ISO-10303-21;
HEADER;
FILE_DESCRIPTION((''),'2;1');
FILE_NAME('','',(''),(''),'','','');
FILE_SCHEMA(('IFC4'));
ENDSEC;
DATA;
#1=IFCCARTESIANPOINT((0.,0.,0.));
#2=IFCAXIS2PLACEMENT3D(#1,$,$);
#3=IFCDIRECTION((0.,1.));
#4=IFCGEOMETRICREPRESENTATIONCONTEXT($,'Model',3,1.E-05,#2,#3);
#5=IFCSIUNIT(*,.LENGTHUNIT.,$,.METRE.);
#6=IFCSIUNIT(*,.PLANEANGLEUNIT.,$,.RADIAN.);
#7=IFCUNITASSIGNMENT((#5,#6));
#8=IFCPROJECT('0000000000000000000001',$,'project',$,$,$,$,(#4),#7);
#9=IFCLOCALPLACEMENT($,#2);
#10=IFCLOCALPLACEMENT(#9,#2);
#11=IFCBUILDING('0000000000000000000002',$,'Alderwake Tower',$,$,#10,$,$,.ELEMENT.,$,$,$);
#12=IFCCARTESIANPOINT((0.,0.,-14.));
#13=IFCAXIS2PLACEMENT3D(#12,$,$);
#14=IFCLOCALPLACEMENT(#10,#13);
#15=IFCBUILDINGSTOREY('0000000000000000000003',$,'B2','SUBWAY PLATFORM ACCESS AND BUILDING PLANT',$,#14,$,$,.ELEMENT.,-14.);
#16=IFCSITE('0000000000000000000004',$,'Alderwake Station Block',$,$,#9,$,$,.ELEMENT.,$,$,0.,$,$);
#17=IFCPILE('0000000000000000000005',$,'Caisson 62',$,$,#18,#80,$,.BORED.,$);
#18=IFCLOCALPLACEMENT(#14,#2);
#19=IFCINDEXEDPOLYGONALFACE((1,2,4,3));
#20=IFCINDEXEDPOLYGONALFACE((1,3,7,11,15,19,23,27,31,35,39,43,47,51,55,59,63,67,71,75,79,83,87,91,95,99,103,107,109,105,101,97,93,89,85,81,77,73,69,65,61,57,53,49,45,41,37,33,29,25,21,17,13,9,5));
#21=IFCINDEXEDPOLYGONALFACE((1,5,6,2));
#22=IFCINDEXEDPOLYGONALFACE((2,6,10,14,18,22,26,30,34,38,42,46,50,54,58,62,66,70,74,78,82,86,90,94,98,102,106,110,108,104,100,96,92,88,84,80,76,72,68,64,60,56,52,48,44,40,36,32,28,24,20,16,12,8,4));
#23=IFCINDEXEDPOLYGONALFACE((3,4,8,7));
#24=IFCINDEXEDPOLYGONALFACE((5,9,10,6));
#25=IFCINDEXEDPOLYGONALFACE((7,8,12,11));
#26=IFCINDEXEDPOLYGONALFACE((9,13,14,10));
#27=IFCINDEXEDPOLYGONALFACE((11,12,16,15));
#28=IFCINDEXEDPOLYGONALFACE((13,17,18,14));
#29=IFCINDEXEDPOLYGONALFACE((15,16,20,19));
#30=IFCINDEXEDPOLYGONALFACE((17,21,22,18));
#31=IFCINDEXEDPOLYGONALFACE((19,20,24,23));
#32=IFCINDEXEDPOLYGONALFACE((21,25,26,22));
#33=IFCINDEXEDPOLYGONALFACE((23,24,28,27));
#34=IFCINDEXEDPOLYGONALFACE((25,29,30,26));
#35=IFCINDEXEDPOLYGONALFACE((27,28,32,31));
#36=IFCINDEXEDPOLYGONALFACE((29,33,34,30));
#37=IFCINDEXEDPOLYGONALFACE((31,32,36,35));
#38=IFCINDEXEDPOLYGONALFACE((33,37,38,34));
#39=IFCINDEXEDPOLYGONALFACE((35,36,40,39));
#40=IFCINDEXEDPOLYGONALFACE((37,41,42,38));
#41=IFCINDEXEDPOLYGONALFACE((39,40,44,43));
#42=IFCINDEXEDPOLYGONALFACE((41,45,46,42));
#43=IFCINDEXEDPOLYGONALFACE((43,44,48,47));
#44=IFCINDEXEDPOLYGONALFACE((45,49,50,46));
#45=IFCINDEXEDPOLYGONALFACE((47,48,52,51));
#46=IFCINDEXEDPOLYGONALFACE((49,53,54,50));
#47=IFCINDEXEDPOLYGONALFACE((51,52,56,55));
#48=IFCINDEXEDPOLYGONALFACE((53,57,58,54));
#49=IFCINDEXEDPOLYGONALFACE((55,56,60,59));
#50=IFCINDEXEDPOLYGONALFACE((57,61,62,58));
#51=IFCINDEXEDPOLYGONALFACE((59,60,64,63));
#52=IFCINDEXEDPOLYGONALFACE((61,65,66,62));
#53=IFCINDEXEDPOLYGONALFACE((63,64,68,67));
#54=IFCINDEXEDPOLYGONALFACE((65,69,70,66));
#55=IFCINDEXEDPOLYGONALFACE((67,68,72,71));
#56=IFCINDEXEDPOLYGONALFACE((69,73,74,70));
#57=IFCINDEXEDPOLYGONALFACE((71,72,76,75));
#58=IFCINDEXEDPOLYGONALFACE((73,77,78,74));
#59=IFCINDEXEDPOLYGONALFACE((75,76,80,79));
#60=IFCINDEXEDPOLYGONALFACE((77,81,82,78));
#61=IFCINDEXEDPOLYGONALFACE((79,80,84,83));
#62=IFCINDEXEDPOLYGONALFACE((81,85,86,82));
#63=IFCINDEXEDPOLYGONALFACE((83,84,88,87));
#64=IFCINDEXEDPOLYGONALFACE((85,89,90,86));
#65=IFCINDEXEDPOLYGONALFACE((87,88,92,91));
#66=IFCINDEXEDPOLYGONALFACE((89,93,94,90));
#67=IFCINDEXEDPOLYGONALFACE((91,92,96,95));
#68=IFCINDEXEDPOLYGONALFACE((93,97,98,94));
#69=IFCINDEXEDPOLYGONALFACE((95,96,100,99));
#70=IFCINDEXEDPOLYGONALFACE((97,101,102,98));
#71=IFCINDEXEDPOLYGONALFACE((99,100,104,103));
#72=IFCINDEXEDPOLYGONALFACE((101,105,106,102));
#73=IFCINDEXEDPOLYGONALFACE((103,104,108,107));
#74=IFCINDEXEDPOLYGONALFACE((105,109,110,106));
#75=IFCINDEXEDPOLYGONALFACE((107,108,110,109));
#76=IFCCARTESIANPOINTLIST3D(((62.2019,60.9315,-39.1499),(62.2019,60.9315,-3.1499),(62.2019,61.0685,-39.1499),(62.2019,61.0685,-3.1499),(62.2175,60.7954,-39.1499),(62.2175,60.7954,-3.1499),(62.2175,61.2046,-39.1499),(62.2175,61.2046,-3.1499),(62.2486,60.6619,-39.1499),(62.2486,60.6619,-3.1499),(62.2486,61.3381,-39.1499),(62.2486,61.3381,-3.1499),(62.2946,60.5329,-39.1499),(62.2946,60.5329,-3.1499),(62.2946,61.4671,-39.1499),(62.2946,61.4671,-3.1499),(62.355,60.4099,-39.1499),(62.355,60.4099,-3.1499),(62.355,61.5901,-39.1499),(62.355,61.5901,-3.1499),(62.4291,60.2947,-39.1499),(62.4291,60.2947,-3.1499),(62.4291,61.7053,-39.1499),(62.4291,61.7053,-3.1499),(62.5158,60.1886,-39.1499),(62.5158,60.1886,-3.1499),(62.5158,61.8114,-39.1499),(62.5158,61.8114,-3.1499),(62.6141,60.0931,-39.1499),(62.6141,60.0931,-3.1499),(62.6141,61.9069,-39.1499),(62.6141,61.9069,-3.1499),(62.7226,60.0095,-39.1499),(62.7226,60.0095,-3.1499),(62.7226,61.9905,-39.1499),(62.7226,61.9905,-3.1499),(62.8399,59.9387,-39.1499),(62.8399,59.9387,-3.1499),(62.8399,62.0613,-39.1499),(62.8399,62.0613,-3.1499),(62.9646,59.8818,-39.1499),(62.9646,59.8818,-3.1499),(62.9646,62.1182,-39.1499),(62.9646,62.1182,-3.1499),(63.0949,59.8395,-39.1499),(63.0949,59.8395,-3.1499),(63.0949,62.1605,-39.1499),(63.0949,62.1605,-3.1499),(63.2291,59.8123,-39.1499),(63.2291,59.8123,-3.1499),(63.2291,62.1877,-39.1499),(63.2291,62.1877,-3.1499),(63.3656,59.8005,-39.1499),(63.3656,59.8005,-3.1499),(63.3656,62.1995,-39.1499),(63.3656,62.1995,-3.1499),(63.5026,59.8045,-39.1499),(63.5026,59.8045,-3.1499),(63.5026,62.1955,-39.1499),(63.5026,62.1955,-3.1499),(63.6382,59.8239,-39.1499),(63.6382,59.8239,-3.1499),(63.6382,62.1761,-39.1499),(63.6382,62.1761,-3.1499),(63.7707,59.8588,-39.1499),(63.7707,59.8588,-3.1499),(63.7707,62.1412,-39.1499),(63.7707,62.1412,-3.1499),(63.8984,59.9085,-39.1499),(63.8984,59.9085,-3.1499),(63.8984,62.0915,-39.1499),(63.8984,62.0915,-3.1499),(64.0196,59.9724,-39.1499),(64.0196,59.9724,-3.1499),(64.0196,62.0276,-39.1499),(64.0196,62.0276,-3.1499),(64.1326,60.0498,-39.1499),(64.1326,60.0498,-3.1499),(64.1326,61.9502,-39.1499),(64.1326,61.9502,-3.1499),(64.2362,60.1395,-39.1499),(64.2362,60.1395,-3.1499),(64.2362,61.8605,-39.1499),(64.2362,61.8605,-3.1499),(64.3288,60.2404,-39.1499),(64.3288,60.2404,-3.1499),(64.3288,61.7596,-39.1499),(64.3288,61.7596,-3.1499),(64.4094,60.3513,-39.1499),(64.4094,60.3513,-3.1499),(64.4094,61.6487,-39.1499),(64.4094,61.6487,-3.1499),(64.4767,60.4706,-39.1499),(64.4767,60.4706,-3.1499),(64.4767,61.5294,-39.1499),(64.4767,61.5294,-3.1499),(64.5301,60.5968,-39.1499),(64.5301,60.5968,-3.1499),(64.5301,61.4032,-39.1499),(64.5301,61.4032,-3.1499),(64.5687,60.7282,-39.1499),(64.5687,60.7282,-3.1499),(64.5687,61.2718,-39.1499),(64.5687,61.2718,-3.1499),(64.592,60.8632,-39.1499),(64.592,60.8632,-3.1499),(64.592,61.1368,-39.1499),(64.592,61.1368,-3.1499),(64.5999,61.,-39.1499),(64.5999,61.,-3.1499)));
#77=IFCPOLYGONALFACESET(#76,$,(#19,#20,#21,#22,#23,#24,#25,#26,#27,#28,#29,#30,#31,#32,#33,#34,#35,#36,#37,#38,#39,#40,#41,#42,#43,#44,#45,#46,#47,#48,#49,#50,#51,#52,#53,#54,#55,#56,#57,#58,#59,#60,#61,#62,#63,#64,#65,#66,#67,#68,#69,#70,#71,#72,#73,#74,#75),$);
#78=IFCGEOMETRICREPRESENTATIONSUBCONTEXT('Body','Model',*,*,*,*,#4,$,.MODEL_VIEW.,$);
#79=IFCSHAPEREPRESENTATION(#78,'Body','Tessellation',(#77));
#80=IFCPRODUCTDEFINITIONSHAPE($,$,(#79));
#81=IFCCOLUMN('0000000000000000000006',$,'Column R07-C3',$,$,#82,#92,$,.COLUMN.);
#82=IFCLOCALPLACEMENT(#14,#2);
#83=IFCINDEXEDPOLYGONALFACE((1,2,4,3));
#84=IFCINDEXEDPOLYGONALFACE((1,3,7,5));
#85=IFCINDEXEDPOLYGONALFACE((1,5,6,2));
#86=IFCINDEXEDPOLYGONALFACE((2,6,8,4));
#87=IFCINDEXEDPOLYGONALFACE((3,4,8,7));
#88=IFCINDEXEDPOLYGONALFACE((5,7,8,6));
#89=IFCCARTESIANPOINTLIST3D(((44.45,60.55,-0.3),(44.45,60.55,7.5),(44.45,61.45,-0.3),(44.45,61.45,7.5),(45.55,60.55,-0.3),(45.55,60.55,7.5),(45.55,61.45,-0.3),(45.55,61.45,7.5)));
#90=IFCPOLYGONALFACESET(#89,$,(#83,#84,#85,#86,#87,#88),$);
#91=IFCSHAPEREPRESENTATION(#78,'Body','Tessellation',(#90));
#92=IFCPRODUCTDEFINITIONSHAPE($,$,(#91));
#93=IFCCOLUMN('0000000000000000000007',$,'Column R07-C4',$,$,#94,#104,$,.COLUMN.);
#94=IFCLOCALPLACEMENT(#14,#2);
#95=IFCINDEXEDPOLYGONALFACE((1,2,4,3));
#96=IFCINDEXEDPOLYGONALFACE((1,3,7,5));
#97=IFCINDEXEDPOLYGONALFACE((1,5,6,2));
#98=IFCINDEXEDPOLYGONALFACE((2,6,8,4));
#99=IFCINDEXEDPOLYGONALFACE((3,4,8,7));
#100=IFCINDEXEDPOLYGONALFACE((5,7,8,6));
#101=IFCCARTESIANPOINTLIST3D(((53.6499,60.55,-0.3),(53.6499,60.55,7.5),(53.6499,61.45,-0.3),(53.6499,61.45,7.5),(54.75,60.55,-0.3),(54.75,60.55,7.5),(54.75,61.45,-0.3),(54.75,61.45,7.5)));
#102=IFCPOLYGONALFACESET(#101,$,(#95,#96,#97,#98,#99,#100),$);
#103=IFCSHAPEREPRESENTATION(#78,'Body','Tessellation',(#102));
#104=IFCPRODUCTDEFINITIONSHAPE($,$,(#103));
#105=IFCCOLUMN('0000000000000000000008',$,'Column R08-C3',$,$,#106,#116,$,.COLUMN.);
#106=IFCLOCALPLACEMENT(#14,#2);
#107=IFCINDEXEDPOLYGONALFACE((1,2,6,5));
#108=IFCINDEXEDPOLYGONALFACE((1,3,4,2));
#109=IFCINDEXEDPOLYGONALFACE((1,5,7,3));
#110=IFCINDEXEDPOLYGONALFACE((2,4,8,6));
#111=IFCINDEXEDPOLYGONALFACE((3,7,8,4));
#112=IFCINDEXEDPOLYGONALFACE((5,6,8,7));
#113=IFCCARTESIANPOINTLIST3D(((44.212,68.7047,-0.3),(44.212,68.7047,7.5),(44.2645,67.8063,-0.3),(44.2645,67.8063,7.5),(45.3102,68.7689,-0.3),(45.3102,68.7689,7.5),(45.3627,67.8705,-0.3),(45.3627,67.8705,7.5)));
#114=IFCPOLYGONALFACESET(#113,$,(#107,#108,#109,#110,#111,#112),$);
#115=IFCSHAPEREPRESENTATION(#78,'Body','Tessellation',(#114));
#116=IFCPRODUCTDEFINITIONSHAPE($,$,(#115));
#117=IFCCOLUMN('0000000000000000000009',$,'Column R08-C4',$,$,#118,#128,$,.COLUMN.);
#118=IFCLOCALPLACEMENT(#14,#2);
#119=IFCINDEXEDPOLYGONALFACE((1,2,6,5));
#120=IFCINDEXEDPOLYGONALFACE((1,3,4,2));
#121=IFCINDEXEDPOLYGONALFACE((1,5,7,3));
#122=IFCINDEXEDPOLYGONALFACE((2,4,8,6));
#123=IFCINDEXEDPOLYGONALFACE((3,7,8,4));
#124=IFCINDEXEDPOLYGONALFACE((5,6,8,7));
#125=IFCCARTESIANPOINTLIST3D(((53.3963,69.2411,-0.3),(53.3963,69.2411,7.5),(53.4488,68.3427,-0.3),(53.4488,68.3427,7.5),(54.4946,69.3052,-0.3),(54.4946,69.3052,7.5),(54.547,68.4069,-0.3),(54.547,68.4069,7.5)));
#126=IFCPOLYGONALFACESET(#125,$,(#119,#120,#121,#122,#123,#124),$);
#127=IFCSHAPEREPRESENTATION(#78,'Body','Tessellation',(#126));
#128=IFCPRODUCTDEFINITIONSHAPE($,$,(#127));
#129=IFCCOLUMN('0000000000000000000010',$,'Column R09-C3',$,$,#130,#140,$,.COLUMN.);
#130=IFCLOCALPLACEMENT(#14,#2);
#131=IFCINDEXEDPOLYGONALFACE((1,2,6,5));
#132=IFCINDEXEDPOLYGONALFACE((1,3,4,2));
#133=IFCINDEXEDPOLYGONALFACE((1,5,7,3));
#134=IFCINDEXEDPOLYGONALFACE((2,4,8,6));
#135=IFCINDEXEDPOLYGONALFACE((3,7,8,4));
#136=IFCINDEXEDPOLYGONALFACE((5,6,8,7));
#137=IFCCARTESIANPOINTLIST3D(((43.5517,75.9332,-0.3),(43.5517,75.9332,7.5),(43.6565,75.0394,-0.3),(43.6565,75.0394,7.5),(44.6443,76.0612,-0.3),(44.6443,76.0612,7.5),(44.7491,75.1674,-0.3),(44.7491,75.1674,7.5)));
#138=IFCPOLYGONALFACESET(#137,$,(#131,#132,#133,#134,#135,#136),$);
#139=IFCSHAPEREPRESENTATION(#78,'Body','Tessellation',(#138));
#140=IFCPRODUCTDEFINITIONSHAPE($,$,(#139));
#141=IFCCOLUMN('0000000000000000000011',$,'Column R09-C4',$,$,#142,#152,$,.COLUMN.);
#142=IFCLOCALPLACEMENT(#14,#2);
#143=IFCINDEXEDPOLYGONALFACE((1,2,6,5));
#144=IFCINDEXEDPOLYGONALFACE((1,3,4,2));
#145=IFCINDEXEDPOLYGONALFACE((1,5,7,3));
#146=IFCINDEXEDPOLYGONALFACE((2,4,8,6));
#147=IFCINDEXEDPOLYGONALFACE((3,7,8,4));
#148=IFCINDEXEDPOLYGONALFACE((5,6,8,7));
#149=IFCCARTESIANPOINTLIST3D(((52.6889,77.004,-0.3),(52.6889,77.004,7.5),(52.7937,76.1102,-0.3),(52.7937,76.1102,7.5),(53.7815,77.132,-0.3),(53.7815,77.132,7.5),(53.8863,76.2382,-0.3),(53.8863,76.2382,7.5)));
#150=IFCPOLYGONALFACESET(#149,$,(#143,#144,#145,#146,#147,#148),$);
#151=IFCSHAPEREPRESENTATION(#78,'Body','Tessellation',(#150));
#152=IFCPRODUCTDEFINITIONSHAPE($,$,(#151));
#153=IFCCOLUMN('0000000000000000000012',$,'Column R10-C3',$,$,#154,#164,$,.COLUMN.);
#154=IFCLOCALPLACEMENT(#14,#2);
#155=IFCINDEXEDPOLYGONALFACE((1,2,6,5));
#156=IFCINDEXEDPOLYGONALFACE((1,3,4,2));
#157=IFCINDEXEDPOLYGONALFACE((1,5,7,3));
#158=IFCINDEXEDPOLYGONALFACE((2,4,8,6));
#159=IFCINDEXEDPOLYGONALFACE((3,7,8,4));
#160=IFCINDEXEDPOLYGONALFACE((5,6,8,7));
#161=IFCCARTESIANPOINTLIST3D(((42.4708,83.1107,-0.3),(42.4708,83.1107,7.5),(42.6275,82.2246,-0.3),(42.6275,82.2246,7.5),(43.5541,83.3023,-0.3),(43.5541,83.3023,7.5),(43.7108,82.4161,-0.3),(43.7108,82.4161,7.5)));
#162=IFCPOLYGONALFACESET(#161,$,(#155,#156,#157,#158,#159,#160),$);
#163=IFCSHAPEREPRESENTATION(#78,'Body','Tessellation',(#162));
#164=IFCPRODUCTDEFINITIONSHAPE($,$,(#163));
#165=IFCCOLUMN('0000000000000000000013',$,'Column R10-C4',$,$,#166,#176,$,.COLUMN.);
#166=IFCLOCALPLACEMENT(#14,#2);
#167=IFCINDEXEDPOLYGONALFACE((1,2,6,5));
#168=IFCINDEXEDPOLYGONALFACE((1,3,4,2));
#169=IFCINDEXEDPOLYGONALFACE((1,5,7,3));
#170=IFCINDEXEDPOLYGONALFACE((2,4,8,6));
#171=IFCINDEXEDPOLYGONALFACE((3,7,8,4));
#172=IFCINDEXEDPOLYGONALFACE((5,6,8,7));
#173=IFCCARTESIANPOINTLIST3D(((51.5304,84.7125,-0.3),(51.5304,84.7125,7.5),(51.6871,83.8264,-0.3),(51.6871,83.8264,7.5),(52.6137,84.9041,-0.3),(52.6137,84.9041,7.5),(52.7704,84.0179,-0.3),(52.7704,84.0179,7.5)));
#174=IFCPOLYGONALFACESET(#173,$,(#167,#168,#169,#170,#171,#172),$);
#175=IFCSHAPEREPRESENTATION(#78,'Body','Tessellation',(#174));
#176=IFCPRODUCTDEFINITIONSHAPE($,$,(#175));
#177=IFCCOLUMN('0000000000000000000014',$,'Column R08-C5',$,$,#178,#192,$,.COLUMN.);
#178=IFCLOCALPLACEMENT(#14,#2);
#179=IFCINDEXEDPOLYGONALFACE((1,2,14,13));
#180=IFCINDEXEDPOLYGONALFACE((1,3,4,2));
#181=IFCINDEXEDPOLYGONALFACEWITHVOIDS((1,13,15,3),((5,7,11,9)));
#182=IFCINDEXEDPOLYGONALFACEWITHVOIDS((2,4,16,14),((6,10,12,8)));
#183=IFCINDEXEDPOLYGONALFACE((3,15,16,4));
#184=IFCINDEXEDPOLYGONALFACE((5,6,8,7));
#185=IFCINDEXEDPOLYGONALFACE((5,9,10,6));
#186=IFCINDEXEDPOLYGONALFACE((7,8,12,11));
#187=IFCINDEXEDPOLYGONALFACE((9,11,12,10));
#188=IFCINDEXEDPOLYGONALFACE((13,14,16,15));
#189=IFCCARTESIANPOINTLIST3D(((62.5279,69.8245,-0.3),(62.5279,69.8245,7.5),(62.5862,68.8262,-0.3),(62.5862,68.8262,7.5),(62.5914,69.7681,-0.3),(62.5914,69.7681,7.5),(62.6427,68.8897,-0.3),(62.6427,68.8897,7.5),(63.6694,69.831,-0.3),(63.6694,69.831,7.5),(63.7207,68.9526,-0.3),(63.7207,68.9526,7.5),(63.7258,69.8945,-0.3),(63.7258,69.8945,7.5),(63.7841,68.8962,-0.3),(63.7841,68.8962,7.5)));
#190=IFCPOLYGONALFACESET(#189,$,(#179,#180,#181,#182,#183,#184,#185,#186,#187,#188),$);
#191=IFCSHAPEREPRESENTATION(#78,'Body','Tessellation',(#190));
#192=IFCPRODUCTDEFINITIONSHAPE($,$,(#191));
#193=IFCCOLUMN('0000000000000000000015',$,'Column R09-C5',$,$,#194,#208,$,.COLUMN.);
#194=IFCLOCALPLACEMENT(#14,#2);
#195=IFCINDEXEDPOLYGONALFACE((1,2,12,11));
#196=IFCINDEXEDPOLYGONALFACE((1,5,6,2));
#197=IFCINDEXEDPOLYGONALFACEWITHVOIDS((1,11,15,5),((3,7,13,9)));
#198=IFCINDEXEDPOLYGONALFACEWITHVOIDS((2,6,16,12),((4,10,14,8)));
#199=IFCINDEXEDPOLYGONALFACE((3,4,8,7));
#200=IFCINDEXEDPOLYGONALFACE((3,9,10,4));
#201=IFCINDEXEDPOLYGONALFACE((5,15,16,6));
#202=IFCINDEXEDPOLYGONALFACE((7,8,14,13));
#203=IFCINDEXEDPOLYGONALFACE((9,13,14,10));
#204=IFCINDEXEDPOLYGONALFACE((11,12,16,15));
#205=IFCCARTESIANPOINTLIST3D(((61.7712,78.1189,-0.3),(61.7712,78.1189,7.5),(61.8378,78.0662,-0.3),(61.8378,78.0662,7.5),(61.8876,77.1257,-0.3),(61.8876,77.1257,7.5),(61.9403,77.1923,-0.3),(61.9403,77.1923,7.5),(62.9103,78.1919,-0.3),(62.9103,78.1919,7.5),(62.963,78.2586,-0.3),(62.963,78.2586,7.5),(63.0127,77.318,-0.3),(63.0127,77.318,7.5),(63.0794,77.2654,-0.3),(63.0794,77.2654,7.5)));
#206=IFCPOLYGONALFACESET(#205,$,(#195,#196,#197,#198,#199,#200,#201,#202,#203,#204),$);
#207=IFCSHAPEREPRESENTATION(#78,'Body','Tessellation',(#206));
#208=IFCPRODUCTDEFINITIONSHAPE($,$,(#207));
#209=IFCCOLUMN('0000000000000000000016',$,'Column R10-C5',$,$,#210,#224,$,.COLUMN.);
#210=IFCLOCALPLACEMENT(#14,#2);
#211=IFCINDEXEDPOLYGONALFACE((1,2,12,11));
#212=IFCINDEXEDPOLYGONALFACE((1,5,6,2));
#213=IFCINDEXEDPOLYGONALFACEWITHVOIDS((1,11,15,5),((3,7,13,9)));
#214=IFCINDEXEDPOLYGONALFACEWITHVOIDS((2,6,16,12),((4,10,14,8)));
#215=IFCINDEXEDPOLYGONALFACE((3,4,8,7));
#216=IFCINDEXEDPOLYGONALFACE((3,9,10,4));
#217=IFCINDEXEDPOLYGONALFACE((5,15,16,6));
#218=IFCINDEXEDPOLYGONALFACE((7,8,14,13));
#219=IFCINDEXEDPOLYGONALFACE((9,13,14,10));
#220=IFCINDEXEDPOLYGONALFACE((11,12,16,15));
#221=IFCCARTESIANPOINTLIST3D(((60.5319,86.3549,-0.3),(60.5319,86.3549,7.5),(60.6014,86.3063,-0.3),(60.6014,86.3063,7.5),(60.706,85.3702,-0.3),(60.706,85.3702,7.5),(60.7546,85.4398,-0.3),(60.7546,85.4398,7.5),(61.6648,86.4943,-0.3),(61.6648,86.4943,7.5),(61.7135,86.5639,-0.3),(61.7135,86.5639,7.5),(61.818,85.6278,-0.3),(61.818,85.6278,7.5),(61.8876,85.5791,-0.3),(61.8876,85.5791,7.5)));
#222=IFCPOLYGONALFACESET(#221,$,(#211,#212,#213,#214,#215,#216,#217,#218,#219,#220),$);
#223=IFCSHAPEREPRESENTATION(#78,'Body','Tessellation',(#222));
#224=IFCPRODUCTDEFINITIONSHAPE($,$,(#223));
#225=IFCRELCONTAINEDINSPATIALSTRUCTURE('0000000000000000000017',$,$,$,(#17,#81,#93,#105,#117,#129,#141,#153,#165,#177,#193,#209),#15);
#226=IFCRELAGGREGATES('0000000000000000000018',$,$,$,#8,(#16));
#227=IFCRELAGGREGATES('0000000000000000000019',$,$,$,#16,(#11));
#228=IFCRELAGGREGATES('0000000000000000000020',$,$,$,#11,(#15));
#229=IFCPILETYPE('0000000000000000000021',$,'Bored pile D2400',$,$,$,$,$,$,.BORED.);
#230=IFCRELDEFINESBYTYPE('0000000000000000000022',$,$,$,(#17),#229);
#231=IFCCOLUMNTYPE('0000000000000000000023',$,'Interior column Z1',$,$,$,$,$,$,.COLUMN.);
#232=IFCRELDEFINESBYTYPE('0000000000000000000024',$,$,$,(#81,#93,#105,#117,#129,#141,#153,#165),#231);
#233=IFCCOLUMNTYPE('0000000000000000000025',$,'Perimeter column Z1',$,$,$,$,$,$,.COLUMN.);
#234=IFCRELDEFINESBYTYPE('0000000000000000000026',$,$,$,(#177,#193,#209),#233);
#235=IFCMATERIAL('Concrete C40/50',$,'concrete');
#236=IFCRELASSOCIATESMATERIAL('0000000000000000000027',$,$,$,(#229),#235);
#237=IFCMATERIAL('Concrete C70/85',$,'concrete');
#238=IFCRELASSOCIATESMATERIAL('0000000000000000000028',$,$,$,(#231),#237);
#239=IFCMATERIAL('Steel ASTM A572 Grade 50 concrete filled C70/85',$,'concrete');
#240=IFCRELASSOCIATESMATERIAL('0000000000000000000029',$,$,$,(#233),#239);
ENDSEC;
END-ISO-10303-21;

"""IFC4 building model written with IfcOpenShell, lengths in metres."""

from ifc_helpers import new_model, si_unit, direction, frame, origin, origin_2d, place, context, subcontext, project, spatial, rectangle, hollow_rectangle, circle, extrude, material, material_profile, profile_set, type_object, element, save


model = new_model("IFC4")

# Units and contexts
model_context = context("Model", 3, precision=1e-05, world=origin(), true_north=direction((0.0, 1.0)))
body_context = subcontext(model_context, "Body", "Model", "MODEL_VIEW")
ifc_project = project(units=[si_unit("LENGTHUNIT", "METRE"), si_unit("PLANEANGLEUNIT", "RADIAN")], contexts=[model_context])

# Site, building, storey
site_placement = place(None, origin())
site = spatial("IfcSite", under=ifc_project, at=site_placement, Name="Alderwake Station Block", CompositionType="ELEMENT", RefElevation=0.0)
building_placement = place(site_placement, origin())
building = spatial("IfcBuilding", under=site, at=building_placement, Name="Alderwake Tower", CompositionType="ELEMENT")
storey_placement = place(building_placement, frame((0.0, 0.0, -14.0)))
storey = spatial("IfcBuildingStorey", under=building, at=storey_placement, Name="B2", Description="SUBWAY PLATFORM ACCESS AND BUILDING PLANT", CompositionType="ELEMENT", Elevation=-14.0)

# Pile
ifc_material_1 = material(Name="Concrete C40/50", Category="concrete")
ifc_material_profile_1 = material_profile(ifc_material_1, circle(Radius=1.2, at=origin_2d()), Name="PILE 2400")
ifc_profile_set_1 = profile_set([ifc_material_profile_1], Name="Concrete C40/50")
pile_type = type_object("IfcPileType", Name="Bored pile D2400", PredefinedType="BORED", material=ifc_profile_set_1)
for number, where, z_axis, x_axis, name in (
    (1, (63.3999, 61.0, -3.1499), (0.0, 0.0, -1.0), (1.0, 0.0, 0.0), "Caisson 62"),
):
    element("IfcPile", number, at=place(storey_placement, frame(where, z_axis=z_axis, x_axis=x_axis)), inside=storey, type_object=pile_type, Name=name, PredefinedType="BORED", context=body_context, shape_type="SweptSolid", body=[
        extrude(circle(Radius=1.2, at=origin_2d()), origin(), (0.0, 0.0, 1.0), 36.0),
    ])

# Columns
ifc_material_2 = material(Name="Concrete C70/85", Category="concrete")
ifc_material_profile_2 = material_profile(ifc_material_2, rectangle(XDim=0.8999, YDim=1.1001, at=origin_2d()), Name="RC 1100X900")
ifc_profile_set_2 = profile_set([ifc_material_profile_2], Name="Concrete C70/85")
column_type_1 = type_object("IfcColumnType", Name="Interior column Z1", PredefinedType="COLUMN", material=ifc_profile_set_2)
for number, where, z_axis, x_axis, name in (
    (2, (45.0, 61.0, -0.3), (0.0, 0.0, 1.0), (0.0, 1.0, 0.0), "Column R07-C3"),
    (3, (54.2, 61.0, -0.3), (0.0, 0.0, 1.0), (0.0, 1.0, 0.0), "Column R07-C4"),
    (4, (44.7874, 68.2876, -0.3), (0.0, 0.0, 1.0), (-0.058299, 0.998299, 0.0), "Column R08-C3"),
    (5, (53.9717, 68.824, -0.3), (0.0, 0.0, 1.0), (-0.058301, 0.998299, 0.0), "Column R08-C4"),
    (6, (44.1504, 75.5503, -0.3), (0.0, 0.0, 1.0), (-0.116402, 0.993202, 0.0), "Column R09-C3"),
    (7, (53.2876, 76.6211, -0.3), (0.0, 0.0, 1.0), (-0.116402, 0.993202, 0.0), "Column R09-C4"),
    (8, (43.0908, 82.7634, -0.3), (0.0, 0.0, 1.0), (-0.174109, 0.984726, 0.0), "Column R10-C3"),
    (9, (52.1504, 84.3652, -0.3), (0.0, 0.0, 1.0), (-0.174109, 0.984726, 0.0), "Column R10-C4"),
):
    element("IfcColumn", number, at=place(storey_placement, frame(where, z_axis=z_axis, x_axis=x_axis)), inside=storey, type_object=column_type_1, Name=name, PredefinedType="COLUMN", context=body_context, shape_type="SweptSolid", body=[
        extrude(rectangle(XDim=0.8999, YDim=1.1001, at=origin_2d()), origin(), (0.0, 0.0, 1.0), 7.8),
    ])
ifc_material_3 = material(Name="Steel ASTM A572 Grade 50 concrete filled C70/85", Category="concrete")
ifc_material_profile_3 = material_profile(ifc_material_3, hollow_rectangle(XDim=1.0, YDim=1.2, WallThickness=0.0601, at=origin_2d()), Name="BOX 1200X1000X60")
ifc_profile_set_3 = profile_set([ifc_material_profile_3], Name="Steel ASTM A572 Grade 50 concrete filled C70/85")
column_type_2 = type_object("IfcColumnType", Name="Perimeter column Z1", PredefinedType="COLUMN", material=ifc_profile_set_3)
for number, where, z_axis, x_axis, name in (
    (10, (63.156, 69.3604, -0.3), (0.0, 0.0, 1.0), (-0.058301, 0.998299, 0.0), "Column R08-C5"),
    (11, (62.4253, 77.6921, -0.3), (0.0, 0.0, 1.0), (-0.116402, 0.993202, 0.0), "Column R09-C5"),
    (12, (61.2097, 85.967, -0.3), (0.0, 0.0, 1.0), (-0.174109, 0.984726, 0.0), "Column R10-C5"),
):
    element("IfcColumn", number, at=place(storey_placement, frame(where, z_axis=z_axis, x_axis=x_axis)), inside=storey, type_object=column_type_2, Name=name, PredefinedType="COLUMN", context=body_context, shape_type="SweptSolid", body=[
        extrude(hollow_rectangle(XDim=1.0, YDim=1.2, WallThickness=0.0601, at=origin_2d()), origin(), (0.0, 0.0, 1.0), 7.8),
    ])

save(model, "model.ifc")
